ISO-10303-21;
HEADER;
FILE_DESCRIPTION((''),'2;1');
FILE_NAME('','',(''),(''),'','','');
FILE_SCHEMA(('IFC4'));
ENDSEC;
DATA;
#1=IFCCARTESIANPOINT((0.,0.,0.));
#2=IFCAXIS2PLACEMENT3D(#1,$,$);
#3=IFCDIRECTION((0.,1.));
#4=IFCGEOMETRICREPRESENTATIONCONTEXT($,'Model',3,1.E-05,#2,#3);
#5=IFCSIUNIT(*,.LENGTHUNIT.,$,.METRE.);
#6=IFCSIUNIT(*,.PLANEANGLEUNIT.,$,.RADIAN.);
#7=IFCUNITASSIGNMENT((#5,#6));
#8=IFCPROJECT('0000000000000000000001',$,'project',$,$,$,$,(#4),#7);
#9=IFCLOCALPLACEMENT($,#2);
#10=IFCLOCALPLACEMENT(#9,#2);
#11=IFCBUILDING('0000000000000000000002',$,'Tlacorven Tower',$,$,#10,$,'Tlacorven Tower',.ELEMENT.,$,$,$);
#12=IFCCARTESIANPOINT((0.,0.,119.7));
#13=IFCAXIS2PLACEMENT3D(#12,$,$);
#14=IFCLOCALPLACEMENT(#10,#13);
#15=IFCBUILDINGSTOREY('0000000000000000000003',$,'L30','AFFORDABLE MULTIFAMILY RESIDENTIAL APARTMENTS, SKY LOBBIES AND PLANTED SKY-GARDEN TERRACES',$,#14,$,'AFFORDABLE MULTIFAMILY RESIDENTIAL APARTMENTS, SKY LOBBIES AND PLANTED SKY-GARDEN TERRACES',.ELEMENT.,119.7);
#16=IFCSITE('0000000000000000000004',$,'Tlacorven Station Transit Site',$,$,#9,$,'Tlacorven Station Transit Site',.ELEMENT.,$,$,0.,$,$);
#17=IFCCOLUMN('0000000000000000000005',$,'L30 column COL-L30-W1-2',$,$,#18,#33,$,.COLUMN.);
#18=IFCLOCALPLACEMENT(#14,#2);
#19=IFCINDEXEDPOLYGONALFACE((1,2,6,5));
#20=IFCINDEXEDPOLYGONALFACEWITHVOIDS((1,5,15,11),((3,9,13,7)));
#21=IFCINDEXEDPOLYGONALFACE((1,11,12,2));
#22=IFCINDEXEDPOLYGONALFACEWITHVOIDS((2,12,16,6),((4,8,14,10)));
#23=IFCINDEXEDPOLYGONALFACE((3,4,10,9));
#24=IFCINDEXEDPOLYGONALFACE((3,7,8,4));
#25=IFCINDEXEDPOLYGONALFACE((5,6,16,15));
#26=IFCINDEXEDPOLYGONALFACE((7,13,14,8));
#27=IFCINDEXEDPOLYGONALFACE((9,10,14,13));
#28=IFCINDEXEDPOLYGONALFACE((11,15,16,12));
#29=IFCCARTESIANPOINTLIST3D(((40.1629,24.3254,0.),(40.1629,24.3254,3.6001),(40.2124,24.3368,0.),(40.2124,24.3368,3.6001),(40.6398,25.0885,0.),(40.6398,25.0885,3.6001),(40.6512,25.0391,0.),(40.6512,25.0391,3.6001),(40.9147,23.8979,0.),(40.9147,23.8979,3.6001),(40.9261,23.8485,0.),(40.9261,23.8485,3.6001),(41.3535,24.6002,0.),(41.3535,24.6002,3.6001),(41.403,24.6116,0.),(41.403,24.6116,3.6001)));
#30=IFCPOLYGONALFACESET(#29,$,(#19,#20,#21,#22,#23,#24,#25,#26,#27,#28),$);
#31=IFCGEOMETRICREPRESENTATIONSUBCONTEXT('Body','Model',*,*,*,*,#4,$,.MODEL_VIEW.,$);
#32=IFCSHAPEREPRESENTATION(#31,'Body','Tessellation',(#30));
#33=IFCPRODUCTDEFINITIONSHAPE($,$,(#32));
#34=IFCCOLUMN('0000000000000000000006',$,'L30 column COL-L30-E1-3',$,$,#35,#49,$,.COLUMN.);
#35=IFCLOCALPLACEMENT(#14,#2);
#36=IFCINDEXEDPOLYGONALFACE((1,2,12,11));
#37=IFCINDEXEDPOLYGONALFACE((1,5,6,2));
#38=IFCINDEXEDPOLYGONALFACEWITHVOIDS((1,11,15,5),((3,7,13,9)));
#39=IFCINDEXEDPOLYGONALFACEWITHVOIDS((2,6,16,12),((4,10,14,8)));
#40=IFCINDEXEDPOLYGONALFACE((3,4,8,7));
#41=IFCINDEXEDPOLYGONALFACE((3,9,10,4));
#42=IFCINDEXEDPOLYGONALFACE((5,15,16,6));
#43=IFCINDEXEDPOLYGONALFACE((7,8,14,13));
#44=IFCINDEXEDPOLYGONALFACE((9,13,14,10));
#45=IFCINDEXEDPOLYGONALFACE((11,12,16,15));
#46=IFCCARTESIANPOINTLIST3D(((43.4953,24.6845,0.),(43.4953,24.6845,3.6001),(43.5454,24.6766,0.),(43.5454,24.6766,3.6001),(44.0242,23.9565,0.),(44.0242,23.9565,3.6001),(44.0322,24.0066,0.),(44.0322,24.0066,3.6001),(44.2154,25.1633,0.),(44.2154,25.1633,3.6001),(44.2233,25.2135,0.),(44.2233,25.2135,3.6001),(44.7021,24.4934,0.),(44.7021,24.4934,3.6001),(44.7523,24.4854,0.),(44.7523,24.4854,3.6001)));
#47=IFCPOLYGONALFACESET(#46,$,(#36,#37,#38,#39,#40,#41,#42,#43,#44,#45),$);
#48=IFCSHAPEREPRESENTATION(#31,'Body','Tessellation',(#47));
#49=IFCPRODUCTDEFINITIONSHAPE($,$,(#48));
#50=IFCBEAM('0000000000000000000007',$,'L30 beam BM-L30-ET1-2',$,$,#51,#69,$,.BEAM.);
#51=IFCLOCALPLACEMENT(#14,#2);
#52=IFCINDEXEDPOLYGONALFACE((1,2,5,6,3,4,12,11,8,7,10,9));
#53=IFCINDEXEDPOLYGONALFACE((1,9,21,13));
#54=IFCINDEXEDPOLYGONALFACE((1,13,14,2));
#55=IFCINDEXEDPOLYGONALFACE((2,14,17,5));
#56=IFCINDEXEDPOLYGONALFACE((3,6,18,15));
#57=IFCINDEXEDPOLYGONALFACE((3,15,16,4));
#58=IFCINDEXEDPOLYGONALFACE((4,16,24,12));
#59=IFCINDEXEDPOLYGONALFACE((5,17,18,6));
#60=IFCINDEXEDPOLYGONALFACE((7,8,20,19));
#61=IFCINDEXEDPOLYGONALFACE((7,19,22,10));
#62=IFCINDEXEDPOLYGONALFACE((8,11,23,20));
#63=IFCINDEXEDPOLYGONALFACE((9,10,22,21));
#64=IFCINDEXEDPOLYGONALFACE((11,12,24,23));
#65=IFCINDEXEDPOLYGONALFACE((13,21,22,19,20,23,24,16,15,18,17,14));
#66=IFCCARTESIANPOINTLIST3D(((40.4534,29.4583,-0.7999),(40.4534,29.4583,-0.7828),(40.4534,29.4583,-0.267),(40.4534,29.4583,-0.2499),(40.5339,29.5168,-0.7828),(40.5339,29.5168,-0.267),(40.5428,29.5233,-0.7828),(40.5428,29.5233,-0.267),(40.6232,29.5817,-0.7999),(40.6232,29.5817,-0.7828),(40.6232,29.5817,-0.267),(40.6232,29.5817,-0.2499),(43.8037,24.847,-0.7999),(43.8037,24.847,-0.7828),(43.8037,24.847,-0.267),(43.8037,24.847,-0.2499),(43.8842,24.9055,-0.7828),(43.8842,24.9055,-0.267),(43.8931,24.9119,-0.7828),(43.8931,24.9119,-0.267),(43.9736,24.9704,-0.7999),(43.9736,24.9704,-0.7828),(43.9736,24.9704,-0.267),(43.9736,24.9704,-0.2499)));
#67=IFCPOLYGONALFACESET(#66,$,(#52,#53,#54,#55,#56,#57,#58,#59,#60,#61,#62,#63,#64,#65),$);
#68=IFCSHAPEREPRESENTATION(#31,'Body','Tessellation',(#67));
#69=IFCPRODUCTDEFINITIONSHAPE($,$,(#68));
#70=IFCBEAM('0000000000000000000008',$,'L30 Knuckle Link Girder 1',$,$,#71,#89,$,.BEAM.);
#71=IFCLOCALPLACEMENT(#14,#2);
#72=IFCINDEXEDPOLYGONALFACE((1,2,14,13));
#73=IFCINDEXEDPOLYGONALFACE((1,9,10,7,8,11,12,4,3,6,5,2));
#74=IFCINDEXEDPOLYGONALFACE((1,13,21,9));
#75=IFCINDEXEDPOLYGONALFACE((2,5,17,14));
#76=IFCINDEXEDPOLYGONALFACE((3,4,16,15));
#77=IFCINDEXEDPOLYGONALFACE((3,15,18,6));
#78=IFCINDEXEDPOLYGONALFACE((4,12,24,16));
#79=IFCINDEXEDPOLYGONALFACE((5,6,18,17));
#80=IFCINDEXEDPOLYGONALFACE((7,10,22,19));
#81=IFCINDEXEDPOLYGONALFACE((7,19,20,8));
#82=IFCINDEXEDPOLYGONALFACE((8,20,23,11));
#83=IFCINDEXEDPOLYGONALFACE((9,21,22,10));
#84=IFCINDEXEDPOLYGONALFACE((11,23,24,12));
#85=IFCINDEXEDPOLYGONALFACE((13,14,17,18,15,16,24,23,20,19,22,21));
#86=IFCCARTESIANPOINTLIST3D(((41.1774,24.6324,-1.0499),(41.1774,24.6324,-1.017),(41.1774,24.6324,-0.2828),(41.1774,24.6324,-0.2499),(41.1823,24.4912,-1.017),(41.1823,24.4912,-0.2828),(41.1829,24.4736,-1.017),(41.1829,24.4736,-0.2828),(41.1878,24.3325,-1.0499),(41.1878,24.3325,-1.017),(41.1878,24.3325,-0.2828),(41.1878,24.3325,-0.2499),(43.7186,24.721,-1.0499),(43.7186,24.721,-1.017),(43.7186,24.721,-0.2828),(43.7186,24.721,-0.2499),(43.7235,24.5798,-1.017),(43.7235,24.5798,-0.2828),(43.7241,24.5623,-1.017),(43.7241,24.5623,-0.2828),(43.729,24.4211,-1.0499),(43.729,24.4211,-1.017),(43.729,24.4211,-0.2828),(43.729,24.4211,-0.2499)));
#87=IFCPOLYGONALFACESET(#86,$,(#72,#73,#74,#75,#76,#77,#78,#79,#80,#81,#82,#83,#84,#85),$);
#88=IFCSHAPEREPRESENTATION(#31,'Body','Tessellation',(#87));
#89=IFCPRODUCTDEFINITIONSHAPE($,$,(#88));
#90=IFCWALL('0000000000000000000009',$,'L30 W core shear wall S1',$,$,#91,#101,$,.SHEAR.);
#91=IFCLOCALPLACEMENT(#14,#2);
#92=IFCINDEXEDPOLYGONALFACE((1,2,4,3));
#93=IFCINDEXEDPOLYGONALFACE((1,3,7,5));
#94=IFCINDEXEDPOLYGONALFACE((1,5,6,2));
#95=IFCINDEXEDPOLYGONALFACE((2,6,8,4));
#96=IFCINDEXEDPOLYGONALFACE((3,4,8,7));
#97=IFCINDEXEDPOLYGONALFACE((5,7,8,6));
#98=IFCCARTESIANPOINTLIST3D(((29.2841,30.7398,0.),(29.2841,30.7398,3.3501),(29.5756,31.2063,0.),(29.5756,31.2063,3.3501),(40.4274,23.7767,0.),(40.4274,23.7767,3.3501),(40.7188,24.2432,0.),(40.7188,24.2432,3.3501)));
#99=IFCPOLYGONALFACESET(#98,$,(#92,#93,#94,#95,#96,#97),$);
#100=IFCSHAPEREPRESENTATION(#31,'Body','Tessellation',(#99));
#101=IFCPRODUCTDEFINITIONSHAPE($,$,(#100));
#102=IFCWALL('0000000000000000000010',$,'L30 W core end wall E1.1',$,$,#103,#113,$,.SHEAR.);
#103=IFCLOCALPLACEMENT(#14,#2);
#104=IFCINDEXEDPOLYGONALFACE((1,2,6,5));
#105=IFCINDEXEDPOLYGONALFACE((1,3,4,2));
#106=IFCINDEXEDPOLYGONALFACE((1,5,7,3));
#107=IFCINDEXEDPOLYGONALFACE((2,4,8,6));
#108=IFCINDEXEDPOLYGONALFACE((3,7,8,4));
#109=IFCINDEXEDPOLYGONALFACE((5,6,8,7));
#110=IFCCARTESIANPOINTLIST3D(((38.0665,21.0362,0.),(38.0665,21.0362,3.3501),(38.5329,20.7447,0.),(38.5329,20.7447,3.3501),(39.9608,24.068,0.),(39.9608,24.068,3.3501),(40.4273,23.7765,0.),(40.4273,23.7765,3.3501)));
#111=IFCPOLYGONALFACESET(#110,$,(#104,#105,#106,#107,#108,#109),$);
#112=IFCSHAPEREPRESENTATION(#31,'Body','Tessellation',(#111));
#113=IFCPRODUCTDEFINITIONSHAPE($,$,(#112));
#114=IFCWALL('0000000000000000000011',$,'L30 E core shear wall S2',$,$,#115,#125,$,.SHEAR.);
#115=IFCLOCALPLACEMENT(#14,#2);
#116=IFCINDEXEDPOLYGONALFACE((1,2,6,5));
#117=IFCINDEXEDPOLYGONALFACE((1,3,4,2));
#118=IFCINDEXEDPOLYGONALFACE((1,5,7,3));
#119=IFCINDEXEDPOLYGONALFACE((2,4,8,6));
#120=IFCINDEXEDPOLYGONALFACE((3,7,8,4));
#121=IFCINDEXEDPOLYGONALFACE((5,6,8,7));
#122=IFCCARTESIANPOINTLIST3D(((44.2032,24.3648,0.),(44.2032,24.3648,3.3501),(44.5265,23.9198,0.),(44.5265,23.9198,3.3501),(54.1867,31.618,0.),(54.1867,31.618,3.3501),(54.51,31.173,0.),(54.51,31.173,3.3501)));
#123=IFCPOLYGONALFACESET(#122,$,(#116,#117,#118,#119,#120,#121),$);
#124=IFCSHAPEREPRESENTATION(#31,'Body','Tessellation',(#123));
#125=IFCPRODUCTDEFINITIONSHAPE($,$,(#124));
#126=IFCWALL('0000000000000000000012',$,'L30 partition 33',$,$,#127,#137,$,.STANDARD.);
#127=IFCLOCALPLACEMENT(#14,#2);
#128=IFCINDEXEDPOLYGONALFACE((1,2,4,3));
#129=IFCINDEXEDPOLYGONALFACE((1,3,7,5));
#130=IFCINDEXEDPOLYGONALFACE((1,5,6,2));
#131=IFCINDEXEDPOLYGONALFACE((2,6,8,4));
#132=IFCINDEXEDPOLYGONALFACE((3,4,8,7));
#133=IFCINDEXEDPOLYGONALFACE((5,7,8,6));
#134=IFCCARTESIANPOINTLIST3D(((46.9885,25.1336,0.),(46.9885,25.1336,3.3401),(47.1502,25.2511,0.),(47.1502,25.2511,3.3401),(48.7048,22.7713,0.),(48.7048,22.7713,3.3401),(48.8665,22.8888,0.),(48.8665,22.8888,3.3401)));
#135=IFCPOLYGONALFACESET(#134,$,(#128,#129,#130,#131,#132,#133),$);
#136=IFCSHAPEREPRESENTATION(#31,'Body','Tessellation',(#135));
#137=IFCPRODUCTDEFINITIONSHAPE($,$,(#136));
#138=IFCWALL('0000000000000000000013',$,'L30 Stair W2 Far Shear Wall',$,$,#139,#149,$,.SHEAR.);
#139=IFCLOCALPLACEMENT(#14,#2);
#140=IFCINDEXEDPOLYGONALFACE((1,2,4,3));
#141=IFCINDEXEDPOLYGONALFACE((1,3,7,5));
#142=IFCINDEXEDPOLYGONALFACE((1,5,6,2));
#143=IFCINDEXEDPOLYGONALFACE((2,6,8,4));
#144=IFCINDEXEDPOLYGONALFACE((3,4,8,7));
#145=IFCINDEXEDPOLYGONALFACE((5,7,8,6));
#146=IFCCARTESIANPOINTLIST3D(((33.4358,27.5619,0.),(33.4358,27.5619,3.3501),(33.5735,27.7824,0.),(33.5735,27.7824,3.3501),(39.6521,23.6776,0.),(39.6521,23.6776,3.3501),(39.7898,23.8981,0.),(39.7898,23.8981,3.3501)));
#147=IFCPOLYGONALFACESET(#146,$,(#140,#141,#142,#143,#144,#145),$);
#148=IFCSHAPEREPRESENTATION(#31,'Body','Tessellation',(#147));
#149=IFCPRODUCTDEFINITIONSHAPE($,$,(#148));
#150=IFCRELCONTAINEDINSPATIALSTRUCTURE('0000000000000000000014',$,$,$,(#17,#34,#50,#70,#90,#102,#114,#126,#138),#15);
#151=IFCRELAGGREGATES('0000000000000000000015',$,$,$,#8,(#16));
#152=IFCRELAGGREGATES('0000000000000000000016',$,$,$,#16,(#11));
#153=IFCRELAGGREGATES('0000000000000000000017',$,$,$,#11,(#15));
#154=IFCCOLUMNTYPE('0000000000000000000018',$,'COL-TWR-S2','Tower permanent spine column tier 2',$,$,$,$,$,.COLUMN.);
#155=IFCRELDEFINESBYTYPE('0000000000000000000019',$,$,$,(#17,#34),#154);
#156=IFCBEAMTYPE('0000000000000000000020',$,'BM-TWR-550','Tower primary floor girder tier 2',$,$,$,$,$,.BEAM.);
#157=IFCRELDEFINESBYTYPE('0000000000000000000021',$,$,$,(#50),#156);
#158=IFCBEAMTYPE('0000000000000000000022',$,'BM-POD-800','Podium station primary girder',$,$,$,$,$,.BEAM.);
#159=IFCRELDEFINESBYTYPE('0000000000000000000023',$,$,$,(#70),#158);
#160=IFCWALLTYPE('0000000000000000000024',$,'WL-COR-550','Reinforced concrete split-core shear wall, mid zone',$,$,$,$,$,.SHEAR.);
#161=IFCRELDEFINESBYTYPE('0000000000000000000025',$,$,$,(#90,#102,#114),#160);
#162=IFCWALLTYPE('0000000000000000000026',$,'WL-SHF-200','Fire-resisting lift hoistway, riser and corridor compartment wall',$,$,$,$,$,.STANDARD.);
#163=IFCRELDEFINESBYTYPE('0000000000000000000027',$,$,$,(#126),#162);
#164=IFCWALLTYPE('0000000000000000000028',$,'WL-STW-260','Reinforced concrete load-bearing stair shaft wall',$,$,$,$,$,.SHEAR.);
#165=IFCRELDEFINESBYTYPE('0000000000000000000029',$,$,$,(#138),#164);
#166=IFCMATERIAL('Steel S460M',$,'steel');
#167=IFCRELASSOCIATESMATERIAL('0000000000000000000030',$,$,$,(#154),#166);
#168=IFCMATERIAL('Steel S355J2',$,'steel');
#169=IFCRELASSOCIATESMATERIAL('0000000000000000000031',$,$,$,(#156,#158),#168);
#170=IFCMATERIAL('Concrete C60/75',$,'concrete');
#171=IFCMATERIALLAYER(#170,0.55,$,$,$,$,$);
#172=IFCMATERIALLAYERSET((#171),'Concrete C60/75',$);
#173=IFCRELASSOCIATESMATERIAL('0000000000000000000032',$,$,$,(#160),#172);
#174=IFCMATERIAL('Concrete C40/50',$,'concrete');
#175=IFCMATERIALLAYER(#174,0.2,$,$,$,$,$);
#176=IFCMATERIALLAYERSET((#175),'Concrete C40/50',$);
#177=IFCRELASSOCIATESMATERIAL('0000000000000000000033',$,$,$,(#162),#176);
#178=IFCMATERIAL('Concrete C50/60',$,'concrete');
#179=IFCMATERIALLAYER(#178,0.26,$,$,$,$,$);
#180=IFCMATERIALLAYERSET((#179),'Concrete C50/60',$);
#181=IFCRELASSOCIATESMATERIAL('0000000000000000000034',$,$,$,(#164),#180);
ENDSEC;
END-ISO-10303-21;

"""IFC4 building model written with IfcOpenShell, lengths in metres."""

from ifc_helpers import new_model, si_unit, direction, frame, frame_2d, origin, origin_2d, place, context, subcontext, project, spatial, rectangle, hollow_rectangle, i_section, extrude, source, transform, mapped, material, layer, layer_set, material_profile, profile_set, type_object, element, save


model = new_model("IFC4")

# Units and contexts
model_context = context("Model", 3, precision=1e-05, world=origin(), true_north=direction((0.0, 1.0)))
body_context = subcontext(model_context, "Body", "Model", "MODEL_VIEW")
ifc_project = project(units=[si_unit("LENGTHUNIT", "METRE"), si_unit("PLANEANGLEUNIT", "RADIAN")], contexts=[model_context])

# Site, building, storey
site_placement = place(None, origin())
site = spatial("IfcSite", under=ifc_project, at=site_placement, Name="Tlacorven Station Transit Site", LongName="Tlacorven Station Transit Site", CompositionType="ELEMENT", RefElevation=0.0)
building_placement = place(site_placement, origin())
building = spatial("IfcBuilding", under=site, at=building_placement, Name="Tlacorven Tower", LongName="Tlacorven Tower", CompositionType="ELEMENT")
storey_placement = place(building_placement, frame((0.0, 0.0, 119.7)))
storey = spatial("IfcBuildingStorey", under=building, at=storey_placement, Name="L30", Description="AFFORDABLE MULTIFAMILY RESIDENTIAL APARTMENTS, SKY LOBBIES AND PLANTED SKY-GARDEN TERRACES", LongName="AFFORDABLE MULTIFAMILY RESIDENTIAL APARTMENTS, SKY LOBBIES AND PLANTED SKY-GARDEN TERRACES", CompositionType="ELEMENT", Elevation=119.7)

# Columns
ifc_material_1 = material(Name="Steel S460M", Category="steel")
ifc_material_profile_1 = material_profile(ifc_material_1, hollow_rectangle(XDim=0.8999, YDim=0.8999, WallThickness=0.0359, at=origin_2d()), Name="BOX 900X900X36")
ifc_profile_set_1 = profile_set([ifc_material_profile_1], Name="Steel S460M")
column_type = type_object("IfcColumnType", Name="COL-TWR-S2", Description="Tower permanent spine column tier 2", PredefinedType="COLUMN", material=ifc_profile_set_1)
shared_shape_1 = source(origin(), body_context, "Body", "SweptSolid", [
    extrude(hollow_rectangle(XDim=0.8999, YDim=0.8999, WallThickness=0.0359, at=origin_2d()), origin(), (0.0, 0.0, 1.0), 3.6001),
])
for number, where, z_axis, x_axis, name in (
    (1, (40.783, 24.4685, 0.0), (0.0, 0.0, 1.0), (-0.848048, 0.529919, 0.0), "L30 column COL-L30-W1-2"),
    (2, (44.1238, 24.585, 0.0), (0.0, 0.0, 1.0), (0.809017, 0.587785, 0.0), "L30 column COL-L30-E1-3"),
):
    element("IfcColumn", number, at=place(storey_placement, frame(where, z_axis=z_axis, x_axis=x_axis)), inside=storey, type_object=column_type, Name=name, PredefinedType="COLUMN", context=body_context, shape_type="MappedRepresentation", body=[
        mapped(shared_shape_1, transform((0.0, 0.0, 0.0), scale=1.0)),
    ])

# Beams
ifc_material_2 = material(Name="Steel S355J2", Category="steel")
ifc_material_profile_2 = material_profile(ifc_material_2, i_section(OverallWidth=0.21, OverallDepth=0.55, WebThickness=0.011, FlangeThickness=0.0171, at=origin_2d()), Name="IPE 550")
ifc_profile_set_2 = profile_set([ifc_material_profile_2], Name="Steel S355J2")
beam_type_1 = type_object("IfcBeamType", Name="BM-TWR-550", Description="Tower primary floor girder tier 2", PredefinedType="BEAM", material=ifc_profile_set_2)
shared_shape_2 = source(origin(), body_context, "Body", "SweptSolid", [
    extrude(i_section(OverallWidth=0.21, OverallDepth=0.55, WebThickness=0.011, FlangeThickness=0.0171, at=origin_2d()), origin(), (0.0, 0.0, 1.0), 5.7),
])
beam_1_placement = place(storey_placement, frame((43.8887, 24.9087, -0.5249), z_axis=(-0.587787, 0.809016, 0.0), x_axis=(-0.809016, -0.587787, 0.0)))
element("IfcBeam", 3, at=beam_1_placement, inside=storey, type_object=beam_type_1, Name="L30 beam BM-L30-ET1-2", PredefinedType="BEAM", context=body_context, shape_type="MappedRepresentation", body=[
    mapped(shared_shape_2, transform((0.0, 0.0, 0.0), scale=1.0)),
])
ifc_material_profile_3 = material_profile(ifc_material_2, i_section(OverallWidth=0.3, OverallDepth=0.8, WebThickness=0.0176, FlangeThickness=0.033, at=origin_2d()), Name="HEB 800")
ifc_profile_set_3 = profile_set([ifc_material_profile_3], Name="Steel S355J2")
beam_type_2 = type_object("IfcBeamType", Name="BM-POD-800", Description="Podium station primary girder", PredefinedType="BEAM", material=ifc_profile_set_3)
shared_shape_3 = source(origin(), body_context, "Body", "SweptSolid", [
    extrude(i_section(OverallWidth=0.3, OverallDepth=0.8, WebThickness=0.0176, FlangeThickness=0.033, at=origin_2d()), origin(), (0.0, 0.0, 1.0), 2.5427),
])
beam_2_placement = place(storey_placement, frame((41.1826, 24.4824, -0.6499), z_axis=(0.999392, 0.034852, 0.0), x_axis=(-0.034852, 0.999392, 0.0)))
element("IfcBeam", 4, at=beam_2_placement, inside=storey, type_object=beam_type_2, Name="L30 Knuckle Link Girder 1", PredefinedType="BEAM", context=body_context, shape_type="MappedRepresentation", body=[
    mapped(shared_shape_3, transform((0.0, 0.0, 0.0), scale=1.0)),
])

# Walls
ifc_material_3 = material(Name="Concrete C60/75", Category="concrete")
ifc_layer_1 = layer(ifc_material_3, 0.55)
ifc_layer_set_1 = layer_set([ifc_layer_1], Name="Concrete C60/75")
wall_type_1 = type_object("IfcWallType", Name="WL-COR-550", Description="Reinforced concrete split-core shear wall, mid zone", PredefinedType="SHEAR", material=ifc_layer_set_1)
wall_1_placement = place(storey_placement, frame((40.573, 24.01, 0.0), z_axis=(0.0, 0.0, 1.0), x_axis=(-0.848047, 0.52992, 0.0)))
element("IfcWall", 5, at=wall_1_placement, inside=storey, type_object=wall_type_1, Name="L30 W core shear wall S1", PredefinedType="SHEAR", context=body_context, shape_type="SweptSolid", body=[
    extrude(rectangle(XDim=13.1399, YDim=0.55, at=frame_2d((6.5698, 0.0))), origin(), (0.0, 0.0, 1.0), 3.3501),
])
wall_2_placement = place(storey_placement, frame((40.1941, 23.9224, 0.0), z_axis=(0.0, 0.0, 1.0), x_axis=(-0.529888, -0.848067, 0.0)))
element("IfcWall", 6, at=wall_2_placement, inside=storey, type_object=wall_type_1, Name="L30 W core end wall E1.1", PredefinedType="SHEAR", context=body_context, shape_type="SweptSolid", body=[
    extrude(rectangle(XDim=3.575, YDim=0.55, at=frame_2d((1.7876, 0.0))), origin(), (0.0, 0.0, 1.0), 3.3501),
])
wall_3_placement = place(storey_placement, frame((44.365, 24.1423, 0.0), z_axis=(0.0, 0.0, 1.0), x_axis=(0.809024, 0.587775, 0.0)))
element("IfcWall", 7, at=wall_3_placement, inside=storey, type_object=wall_type_1, Name="L30 E core shear wall S2", PredefinedType="SHEAR", context=body_context, shape_type="SweptSolid", body=[
    extrude(rectangle(XDim=12.3401, YDim=0.55, at=frame_2d((6.1699, 0.0))), origin(), (0.0, 0.0, 1.0), 3.3501),
])
ifc_material_4 = material(Name="Concrete C40/50", Category="concrete")
ifc_layer_2 = layer(ifc_material_4, 0.2)
ifc_layer_set_2 = layer_set([ifc_layer_2], Name="Concrete C40/50")
wall_type_2 = type_object("IfcWallType", Name="WL-SHF-200", Description="Fire-resisting lift hoistway, riser and corridor compartment wall", PredefinedType="STANDARD", material=ifc_layer_set_2)
wall_4_placement = place(storey_placement, frame((48.7856, 22.8301, 0.0), z_axis=(0.0, 0.0, 1.0), x_axis=(-0.587784, 0.809018, 0.0)))
element("IfcWall", 8, at=wall_4_placement, inside=storey, type_object=wall_type_2, Name="L30 partition 33", PredefinedType="STANDARD", context=body_context, shape_type="SweptSolid", body=[
    extrude(rectangle(XDim=2.9199, YDim=0.2, at=frame_2d((1.46, 0.0))), origin(), (0.0, 0.0, 1.0), 3.3401),
])
ifc_material_5 = material(Name="Concrete C50/60", Category="concrete")
ifc_layer_3 = layer(ifc_material_5, 0.26)
ifc_layer_set_3 = layer_set([ifc_layer_3], Name="Concrete C50/60")
wall_type_3 = type_object("IfcWallType", Name="WL-STW-260", Description="Reinforced concrete load-bearing stair shaft wall", PredefinedType="SHEAR", material=ifc_layer_set_3)
wall_5_placement = place(storey_placement, frame((39.7209, 23.7878, 0.0), z_axis=(0.0, 0.0, 1.0), x_axis=(-0.848054, 0.529909, 0.0)))
element("IfcWall", 9, at=wall_5_placement, inside=storey, type_object=wall_type_3, Name="L30 Stair W2 Far Shear Wall", PredefinedType="SHEAR", context=body_context, shape_type="SweptSolid", body=[
    extrude(rectangle(XDim=7.3301, YDim=0.26, at=frame_2d((3.665, 0.0))), origin(), (0.0, 0.0, 1.0), 3.3501),
])

save(model, "model.ifc")
